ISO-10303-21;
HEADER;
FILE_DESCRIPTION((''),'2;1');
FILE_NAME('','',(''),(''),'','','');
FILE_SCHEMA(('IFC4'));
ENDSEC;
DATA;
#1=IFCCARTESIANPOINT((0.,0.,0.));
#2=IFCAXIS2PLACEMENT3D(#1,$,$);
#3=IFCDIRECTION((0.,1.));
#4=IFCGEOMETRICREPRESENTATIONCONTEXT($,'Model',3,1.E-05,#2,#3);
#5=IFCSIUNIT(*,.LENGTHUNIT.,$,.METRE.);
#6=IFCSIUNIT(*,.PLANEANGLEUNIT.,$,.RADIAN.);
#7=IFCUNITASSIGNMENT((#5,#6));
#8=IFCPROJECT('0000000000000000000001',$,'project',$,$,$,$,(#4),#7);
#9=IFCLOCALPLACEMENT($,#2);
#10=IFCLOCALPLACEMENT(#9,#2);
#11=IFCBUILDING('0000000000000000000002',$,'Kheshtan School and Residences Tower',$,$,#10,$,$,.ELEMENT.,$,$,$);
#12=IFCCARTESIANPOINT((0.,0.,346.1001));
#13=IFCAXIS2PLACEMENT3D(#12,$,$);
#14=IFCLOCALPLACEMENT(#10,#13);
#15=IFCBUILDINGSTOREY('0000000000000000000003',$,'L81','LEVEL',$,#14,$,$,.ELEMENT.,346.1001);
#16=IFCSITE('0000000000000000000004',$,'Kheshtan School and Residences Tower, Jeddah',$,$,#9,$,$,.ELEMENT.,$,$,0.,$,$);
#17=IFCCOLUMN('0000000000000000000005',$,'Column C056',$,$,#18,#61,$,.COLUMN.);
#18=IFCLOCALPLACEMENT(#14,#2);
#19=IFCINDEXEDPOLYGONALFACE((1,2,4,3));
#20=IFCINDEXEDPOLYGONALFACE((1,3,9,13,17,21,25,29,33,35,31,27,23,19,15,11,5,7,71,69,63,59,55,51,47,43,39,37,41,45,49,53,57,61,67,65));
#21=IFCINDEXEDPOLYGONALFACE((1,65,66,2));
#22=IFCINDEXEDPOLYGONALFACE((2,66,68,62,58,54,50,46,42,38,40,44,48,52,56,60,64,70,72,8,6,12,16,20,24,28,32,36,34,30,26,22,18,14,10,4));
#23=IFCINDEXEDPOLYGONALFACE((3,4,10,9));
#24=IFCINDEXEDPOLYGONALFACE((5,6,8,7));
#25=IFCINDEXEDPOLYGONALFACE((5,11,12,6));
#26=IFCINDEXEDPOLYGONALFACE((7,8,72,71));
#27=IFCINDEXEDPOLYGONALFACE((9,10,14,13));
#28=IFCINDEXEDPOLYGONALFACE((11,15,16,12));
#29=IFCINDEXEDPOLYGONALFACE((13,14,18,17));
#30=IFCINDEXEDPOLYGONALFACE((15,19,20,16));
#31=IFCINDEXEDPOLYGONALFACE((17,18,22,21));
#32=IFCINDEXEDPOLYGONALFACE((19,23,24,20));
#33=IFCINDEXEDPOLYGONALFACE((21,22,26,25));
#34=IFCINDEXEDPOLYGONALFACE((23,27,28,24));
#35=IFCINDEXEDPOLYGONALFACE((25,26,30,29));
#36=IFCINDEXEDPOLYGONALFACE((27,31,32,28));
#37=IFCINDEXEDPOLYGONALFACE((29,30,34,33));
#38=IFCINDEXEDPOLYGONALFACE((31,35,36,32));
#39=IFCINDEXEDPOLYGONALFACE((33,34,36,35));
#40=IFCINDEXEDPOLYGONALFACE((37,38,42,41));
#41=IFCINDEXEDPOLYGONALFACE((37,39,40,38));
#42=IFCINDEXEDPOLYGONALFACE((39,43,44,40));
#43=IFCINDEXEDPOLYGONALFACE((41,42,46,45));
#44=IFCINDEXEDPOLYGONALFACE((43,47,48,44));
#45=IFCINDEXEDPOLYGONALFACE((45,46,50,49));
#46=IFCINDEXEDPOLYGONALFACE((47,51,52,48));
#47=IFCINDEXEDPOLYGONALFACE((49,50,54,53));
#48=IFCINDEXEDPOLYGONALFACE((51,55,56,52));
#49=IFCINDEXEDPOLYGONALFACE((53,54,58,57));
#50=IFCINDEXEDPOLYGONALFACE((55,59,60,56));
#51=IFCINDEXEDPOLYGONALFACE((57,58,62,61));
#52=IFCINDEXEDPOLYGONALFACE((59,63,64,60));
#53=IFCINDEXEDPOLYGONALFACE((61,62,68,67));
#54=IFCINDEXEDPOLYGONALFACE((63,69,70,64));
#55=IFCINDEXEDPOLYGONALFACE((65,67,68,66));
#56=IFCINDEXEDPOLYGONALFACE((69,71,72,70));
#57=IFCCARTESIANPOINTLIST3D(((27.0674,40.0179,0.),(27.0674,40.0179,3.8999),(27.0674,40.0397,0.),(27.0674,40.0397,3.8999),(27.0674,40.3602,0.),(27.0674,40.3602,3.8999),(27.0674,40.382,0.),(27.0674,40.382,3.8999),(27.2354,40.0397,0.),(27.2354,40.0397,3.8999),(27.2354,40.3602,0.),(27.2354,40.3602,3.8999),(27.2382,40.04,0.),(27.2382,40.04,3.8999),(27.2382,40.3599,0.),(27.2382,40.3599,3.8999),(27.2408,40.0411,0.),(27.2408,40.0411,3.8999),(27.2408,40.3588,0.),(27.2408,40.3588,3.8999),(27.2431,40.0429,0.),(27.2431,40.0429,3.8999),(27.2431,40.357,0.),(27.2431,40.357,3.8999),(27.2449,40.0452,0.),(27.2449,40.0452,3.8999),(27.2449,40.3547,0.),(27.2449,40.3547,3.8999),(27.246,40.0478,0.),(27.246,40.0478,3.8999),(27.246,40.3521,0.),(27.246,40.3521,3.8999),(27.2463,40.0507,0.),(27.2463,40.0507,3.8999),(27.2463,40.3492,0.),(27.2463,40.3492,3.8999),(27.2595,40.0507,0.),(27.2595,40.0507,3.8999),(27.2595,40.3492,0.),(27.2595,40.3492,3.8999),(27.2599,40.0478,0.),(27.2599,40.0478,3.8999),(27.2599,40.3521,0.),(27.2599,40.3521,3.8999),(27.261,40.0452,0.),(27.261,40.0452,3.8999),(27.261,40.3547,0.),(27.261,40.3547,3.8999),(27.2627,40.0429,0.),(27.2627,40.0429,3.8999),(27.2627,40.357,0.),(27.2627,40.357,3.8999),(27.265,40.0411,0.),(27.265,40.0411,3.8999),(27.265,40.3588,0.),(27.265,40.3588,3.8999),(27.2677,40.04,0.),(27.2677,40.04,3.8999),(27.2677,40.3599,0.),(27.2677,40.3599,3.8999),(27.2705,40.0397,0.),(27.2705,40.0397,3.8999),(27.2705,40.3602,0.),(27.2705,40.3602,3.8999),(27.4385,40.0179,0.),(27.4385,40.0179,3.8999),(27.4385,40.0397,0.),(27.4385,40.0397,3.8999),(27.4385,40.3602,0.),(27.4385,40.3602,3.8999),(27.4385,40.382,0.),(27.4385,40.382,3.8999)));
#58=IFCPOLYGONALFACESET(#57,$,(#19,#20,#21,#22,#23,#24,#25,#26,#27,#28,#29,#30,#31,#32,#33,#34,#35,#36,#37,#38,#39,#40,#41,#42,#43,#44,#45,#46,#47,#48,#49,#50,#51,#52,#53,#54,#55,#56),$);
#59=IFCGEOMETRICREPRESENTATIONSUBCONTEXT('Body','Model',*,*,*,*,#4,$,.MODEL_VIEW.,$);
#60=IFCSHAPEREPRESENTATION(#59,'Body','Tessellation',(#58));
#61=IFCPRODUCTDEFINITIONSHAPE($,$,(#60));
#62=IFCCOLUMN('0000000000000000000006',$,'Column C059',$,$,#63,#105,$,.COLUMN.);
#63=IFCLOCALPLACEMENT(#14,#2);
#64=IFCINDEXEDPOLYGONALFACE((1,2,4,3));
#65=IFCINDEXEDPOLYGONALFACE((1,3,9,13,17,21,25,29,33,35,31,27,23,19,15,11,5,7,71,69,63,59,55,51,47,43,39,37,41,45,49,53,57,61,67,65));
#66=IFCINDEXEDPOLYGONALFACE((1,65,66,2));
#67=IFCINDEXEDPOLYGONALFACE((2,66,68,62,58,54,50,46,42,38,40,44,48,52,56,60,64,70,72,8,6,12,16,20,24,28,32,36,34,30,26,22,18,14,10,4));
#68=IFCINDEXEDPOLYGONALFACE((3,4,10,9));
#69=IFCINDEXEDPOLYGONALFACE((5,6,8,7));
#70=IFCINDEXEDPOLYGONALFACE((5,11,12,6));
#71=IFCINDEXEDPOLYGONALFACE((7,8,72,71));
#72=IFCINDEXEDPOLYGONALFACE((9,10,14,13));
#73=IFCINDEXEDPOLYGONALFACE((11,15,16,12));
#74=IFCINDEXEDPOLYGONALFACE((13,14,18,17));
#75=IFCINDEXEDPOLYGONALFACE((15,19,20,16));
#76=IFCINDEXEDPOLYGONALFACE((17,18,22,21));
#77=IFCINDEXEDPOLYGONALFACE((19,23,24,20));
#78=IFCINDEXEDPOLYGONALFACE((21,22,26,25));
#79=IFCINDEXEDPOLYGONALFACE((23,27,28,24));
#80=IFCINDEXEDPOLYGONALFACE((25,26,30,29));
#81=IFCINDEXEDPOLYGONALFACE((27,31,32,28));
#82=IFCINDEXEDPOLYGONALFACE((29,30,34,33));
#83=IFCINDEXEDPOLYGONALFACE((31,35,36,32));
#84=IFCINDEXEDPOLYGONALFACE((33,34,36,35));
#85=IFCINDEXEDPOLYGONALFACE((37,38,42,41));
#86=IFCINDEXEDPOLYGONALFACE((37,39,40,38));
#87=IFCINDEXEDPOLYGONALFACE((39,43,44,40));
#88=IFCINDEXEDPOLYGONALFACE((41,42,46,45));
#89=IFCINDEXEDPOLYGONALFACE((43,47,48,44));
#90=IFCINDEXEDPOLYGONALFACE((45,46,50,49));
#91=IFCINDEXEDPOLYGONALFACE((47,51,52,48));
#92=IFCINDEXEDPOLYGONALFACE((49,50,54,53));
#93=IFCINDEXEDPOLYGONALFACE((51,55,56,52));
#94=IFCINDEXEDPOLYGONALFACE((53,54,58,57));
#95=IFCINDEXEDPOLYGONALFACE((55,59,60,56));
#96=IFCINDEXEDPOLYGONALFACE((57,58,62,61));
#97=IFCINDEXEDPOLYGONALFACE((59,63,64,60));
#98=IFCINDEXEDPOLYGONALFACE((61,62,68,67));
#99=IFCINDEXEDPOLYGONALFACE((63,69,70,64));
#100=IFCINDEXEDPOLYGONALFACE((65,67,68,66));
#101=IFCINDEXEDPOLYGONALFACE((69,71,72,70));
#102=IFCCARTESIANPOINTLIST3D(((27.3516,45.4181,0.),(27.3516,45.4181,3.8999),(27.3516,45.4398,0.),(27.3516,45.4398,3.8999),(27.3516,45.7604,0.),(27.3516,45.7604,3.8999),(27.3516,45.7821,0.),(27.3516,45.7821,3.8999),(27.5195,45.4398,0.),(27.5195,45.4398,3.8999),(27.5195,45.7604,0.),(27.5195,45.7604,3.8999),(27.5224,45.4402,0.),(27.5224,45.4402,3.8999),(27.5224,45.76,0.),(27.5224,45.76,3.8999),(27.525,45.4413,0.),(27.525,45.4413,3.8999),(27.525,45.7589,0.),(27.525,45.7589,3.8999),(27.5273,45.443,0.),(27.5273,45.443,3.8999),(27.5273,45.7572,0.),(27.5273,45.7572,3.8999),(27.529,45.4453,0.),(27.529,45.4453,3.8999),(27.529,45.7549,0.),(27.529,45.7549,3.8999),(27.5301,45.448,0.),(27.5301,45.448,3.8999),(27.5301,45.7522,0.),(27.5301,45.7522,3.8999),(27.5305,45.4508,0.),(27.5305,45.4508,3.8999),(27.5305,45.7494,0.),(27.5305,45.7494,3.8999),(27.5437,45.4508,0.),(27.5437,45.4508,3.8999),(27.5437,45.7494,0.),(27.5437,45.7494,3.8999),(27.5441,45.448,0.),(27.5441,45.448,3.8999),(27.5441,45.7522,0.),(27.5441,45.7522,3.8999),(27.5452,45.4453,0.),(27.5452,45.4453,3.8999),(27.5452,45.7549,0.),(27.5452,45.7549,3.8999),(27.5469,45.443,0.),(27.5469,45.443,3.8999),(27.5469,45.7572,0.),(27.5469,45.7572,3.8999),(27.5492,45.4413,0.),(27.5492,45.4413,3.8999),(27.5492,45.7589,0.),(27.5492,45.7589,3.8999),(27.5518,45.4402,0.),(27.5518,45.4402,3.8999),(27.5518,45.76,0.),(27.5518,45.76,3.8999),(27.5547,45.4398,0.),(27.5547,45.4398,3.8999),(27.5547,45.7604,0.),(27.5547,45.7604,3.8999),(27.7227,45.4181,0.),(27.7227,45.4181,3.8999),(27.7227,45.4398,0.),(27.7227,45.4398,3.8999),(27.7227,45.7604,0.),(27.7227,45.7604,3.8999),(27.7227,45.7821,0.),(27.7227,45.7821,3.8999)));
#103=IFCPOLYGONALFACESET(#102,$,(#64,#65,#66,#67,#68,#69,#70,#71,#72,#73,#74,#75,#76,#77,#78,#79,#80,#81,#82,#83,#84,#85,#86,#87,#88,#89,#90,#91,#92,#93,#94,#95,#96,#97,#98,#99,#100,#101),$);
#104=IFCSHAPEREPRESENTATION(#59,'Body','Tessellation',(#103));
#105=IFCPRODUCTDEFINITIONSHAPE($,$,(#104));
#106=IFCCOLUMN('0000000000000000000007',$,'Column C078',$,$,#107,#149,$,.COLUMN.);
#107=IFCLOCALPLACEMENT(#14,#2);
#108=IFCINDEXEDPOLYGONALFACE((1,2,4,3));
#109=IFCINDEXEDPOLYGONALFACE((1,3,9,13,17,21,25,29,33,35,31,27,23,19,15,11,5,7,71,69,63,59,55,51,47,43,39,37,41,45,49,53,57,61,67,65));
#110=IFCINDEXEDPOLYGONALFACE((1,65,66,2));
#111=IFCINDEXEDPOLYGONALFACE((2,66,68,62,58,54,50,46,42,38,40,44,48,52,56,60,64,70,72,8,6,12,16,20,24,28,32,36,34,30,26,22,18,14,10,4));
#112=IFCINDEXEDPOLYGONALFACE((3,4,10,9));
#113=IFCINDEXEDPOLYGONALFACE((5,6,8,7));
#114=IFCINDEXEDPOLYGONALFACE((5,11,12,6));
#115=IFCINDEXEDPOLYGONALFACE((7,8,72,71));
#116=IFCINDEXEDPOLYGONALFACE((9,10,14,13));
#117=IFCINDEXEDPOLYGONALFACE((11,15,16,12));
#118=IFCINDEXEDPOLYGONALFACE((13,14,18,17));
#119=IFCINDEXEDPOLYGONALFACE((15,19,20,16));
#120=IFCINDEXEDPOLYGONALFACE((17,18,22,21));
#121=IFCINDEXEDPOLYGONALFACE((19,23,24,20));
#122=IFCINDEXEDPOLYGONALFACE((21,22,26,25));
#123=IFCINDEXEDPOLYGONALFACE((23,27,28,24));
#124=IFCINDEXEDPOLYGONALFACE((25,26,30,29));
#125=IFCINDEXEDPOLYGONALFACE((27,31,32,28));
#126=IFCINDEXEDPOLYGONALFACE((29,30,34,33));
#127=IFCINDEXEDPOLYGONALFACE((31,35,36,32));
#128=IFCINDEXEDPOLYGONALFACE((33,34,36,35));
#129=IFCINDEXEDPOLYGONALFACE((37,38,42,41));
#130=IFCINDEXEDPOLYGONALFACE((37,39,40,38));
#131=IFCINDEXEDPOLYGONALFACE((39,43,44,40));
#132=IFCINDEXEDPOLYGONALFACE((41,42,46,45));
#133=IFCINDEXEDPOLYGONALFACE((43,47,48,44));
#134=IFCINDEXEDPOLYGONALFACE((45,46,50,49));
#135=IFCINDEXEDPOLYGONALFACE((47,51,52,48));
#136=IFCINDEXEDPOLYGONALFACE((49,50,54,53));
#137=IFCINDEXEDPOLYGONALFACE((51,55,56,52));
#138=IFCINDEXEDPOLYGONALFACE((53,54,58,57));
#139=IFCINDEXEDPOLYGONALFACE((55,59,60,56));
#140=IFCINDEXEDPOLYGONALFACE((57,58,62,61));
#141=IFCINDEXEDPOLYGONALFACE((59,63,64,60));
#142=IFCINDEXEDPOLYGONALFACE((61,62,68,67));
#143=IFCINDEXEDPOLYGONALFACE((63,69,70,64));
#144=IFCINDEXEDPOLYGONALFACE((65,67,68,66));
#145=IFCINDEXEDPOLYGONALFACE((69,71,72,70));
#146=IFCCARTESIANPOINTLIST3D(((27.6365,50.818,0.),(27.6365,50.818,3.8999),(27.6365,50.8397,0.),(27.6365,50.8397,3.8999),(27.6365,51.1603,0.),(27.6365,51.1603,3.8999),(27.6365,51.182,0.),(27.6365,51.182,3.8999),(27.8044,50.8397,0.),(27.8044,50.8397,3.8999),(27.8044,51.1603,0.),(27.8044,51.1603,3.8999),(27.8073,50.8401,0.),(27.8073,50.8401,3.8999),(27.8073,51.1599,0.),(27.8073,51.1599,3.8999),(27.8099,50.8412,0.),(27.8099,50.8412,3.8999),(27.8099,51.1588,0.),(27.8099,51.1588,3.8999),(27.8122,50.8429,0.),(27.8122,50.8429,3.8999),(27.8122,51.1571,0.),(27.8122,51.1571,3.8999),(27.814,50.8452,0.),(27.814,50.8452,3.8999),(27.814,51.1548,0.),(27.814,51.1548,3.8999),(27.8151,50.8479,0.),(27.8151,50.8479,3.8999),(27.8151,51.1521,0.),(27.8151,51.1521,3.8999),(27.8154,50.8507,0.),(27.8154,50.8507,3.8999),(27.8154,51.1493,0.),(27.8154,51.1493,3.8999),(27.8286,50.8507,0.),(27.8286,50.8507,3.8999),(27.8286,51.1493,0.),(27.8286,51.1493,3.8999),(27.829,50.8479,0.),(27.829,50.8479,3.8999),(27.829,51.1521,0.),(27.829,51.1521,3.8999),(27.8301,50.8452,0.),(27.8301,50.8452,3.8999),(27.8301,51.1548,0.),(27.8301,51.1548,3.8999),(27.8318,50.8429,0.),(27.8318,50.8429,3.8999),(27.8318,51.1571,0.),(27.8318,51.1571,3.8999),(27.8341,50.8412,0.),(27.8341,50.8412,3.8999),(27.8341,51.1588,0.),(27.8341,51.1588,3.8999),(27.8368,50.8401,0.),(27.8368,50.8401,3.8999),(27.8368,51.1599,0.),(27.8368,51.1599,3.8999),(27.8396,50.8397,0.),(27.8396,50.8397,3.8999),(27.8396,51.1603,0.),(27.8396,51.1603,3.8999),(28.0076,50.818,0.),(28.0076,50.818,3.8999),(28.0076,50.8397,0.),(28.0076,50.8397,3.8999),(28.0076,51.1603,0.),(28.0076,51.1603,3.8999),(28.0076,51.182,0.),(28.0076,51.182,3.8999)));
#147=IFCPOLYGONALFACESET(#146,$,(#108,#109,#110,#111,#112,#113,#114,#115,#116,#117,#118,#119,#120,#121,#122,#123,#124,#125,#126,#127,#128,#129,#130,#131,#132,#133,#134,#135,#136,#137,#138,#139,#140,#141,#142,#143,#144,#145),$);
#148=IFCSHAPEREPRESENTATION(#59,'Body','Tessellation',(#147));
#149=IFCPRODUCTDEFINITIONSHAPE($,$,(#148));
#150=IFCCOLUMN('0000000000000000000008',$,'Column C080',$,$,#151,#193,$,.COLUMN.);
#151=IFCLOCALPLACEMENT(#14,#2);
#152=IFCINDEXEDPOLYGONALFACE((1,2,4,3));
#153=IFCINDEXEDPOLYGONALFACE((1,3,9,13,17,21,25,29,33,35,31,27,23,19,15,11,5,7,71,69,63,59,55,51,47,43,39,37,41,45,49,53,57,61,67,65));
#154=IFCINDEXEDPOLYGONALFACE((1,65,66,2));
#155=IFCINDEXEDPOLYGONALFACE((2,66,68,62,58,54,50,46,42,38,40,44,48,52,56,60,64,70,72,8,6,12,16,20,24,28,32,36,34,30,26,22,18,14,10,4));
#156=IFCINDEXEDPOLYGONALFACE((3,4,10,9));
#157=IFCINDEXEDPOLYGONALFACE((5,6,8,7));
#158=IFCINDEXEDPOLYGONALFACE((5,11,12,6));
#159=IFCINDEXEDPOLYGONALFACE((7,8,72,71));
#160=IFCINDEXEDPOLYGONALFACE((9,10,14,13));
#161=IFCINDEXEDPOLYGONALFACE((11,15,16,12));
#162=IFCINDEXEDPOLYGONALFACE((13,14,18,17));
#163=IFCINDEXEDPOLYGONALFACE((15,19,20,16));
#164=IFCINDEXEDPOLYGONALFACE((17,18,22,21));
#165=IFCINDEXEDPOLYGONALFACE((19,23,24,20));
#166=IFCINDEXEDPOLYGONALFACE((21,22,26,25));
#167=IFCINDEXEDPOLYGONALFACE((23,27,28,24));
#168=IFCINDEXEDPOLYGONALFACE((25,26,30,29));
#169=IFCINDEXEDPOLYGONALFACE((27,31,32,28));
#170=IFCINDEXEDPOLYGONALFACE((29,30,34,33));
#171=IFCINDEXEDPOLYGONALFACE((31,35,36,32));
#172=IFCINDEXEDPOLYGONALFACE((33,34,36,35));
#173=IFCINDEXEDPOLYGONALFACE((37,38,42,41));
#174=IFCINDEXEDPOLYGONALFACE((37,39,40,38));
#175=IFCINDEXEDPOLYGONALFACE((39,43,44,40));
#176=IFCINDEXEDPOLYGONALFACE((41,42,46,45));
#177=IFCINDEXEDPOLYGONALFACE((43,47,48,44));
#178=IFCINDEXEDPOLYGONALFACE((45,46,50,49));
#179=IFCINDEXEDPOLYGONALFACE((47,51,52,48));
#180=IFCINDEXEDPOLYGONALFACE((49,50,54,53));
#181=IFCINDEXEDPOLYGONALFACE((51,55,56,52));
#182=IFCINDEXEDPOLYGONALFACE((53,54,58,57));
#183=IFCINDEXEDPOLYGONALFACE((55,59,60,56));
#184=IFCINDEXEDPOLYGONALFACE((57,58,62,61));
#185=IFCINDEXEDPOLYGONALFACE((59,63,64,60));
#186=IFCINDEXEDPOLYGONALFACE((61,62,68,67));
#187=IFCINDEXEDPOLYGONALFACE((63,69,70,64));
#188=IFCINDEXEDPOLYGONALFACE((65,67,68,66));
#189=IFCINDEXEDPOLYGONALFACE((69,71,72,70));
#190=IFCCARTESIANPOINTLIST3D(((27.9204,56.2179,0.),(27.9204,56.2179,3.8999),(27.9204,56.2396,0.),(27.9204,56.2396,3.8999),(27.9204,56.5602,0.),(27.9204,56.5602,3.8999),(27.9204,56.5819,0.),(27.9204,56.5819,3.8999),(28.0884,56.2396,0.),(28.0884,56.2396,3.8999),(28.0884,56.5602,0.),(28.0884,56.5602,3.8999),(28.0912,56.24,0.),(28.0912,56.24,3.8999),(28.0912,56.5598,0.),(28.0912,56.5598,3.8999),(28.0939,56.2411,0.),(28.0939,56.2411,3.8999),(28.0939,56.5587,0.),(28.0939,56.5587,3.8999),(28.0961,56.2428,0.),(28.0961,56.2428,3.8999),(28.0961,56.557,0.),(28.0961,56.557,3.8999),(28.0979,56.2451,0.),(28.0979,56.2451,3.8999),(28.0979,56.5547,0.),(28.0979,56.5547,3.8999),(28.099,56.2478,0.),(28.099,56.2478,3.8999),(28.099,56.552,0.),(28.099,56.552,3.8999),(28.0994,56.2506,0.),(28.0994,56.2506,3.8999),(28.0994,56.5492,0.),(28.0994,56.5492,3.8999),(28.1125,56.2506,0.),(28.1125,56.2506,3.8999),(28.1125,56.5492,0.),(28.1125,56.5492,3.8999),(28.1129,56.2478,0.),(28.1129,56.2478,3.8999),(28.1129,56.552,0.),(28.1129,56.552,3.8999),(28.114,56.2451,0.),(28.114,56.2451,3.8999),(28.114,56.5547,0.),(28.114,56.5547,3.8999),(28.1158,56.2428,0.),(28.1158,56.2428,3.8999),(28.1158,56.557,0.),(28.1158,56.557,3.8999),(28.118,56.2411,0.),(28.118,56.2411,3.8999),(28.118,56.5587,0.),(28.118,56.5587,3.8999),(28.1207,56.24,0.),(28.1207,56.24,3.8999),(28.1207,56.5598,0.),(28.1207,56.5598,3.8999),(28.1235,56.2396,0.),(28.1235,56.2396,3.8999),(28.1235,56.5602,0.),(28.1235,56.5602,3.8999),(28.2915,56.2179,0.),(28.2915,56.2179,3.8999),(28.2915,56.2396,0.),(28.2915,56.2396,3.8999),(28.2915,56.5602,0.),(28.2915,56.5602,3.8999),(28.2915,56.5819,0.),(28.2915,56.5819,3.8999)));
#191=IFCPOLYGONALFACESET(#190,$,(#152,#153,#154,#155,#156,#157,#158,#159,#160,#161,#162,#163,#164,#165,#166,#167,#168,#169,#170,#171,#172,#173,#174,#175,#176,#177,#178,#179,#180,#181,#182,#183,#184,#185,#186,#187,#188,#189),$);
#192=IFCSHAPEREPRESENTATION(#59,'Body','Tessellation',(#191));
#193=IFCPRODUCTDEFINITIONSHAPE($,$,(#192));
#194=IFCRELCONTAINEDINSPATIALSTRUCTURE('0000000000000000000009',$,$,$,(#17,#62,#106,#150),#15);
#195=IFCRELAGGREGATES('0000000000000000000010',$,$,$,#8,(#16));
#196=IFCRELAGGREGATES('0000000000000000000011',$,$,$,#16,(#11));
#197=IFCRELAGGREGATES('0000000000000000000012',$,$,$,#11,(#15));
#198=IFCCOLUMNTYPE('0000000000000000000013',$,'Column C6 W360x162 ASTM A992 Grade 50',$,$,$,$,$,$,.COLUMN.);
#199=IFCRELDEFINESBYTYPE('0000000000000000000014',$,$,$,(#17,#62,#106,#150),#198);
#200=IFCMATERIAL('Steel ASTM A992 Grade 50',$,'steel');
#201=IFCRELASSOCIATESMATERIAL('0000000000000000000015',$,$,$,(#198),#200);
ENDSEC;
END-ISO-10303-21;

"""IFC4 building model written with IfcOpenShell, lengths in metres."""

from ifc_helpers import new_model, si_unit, direction, frame, origin, origin_2d, place, context, subcontext, project, spatial, i_section, extrude, material, material_profile, profile_set, type_object, element, save


model = new_model("IFC4")

# Units and contexts
model_context = context("Model", 3, precision=1e-05, world=origin(), true_north=direction((0.0, 1.0)))
body_context = subcontext(model_context, "Body", "Model", "MODEL_VIEW")
ifc_project = project(units=[si_unit("LENGTHUNIT", "METRE"), si_unit("PLANEANGLEUNIT", "RADIAN")], contexts=[model_context])

# Site, building, storey
site_placement = place(None, origin())
site = spatial("IfcSite", under=ifc_project, at=site_placement, Name="Kheshtan School and Residences Tower, Jeddah", CompositionType="ELEMENT", RefElevation=0.0)
building_placement = place(site_placement, origin())
building = spatial("IfcBuilding", under=site, at=building_placement, Name="Kheshtan School and Residences Tower", CompositionType="ELEMENT")
storey_placement = place(building_placement, frame((0.0, 0.0, 346.1001)))
storey = spatial("IfcBuildingStorey", under=building, at=storey_placement, Name="L81", Description="LEVEL", CompositionType="ELEMENT", Elevation=346.1001)

# Columns
ifc_material_1 = material(Name="Steel ASTM A992 Grade 50", Category="steel")
ifc_material_profile_1 = material_profile(ifc_material_1, i_section(OverallWidth=0.3711, OverallDepth=0.364, WebThickness=0.0132, FlangeThickness=0.0217, FilletRadius=0.011, at=origin_2d()), Name="W360x162")
ifc_profile_set_1 = profile_set([ifc_material_profile_1], Name="Steel ASTM A992 Grade 50")
column_type = type_object("IfcColumnType", Name="Column C6 W360x162 ASTM A992 Grade 50", PredefinedType="COLUMN", material=ifc_profile_set_1)
for number, where, z_axis, x_axis, name in (
    (1, (27.2529, 40.2, 0.0), (0.0, 0.0, 1.0), (1.0, 0.0, 0.0), "Column C056"),
    (2, (27.5371, 45.6001, 0.0), (0.0, 0.0, 1.0), (1.0, 0.0, 0.0), "Column C059"),
    (3, (27.822, 51.0, 0.0), (0.0, 0.0, 1.0), (1.0, 0.0, 0.0), "Column C078"),
    (4, (28.106, 56.3999, 0.0), (0.0, 0.0, 1.0), (1.0, 0.0, 0.0), "Column C080"),
):
    element("IfcColumn", number, at=place(storey_placement, frame(where, z_axis=z_axis, x_axis=x_axis)), inside=storey, type_object=column_type, Name=name, PredefinedType="COLUMN", context=body_context, shape_type="SweptSolid", body=[
        extrude(i_section(OverallWidth=0.3711, OverallDepth=0.364, WebThickness=0.0132, FlangeThickness=0.0217, FilletRadius=0.011, at=origin_2d()), origin(), (0.0, 0.0, 1.0), 3.8999),
    ])

save(model, "model.ifc")
